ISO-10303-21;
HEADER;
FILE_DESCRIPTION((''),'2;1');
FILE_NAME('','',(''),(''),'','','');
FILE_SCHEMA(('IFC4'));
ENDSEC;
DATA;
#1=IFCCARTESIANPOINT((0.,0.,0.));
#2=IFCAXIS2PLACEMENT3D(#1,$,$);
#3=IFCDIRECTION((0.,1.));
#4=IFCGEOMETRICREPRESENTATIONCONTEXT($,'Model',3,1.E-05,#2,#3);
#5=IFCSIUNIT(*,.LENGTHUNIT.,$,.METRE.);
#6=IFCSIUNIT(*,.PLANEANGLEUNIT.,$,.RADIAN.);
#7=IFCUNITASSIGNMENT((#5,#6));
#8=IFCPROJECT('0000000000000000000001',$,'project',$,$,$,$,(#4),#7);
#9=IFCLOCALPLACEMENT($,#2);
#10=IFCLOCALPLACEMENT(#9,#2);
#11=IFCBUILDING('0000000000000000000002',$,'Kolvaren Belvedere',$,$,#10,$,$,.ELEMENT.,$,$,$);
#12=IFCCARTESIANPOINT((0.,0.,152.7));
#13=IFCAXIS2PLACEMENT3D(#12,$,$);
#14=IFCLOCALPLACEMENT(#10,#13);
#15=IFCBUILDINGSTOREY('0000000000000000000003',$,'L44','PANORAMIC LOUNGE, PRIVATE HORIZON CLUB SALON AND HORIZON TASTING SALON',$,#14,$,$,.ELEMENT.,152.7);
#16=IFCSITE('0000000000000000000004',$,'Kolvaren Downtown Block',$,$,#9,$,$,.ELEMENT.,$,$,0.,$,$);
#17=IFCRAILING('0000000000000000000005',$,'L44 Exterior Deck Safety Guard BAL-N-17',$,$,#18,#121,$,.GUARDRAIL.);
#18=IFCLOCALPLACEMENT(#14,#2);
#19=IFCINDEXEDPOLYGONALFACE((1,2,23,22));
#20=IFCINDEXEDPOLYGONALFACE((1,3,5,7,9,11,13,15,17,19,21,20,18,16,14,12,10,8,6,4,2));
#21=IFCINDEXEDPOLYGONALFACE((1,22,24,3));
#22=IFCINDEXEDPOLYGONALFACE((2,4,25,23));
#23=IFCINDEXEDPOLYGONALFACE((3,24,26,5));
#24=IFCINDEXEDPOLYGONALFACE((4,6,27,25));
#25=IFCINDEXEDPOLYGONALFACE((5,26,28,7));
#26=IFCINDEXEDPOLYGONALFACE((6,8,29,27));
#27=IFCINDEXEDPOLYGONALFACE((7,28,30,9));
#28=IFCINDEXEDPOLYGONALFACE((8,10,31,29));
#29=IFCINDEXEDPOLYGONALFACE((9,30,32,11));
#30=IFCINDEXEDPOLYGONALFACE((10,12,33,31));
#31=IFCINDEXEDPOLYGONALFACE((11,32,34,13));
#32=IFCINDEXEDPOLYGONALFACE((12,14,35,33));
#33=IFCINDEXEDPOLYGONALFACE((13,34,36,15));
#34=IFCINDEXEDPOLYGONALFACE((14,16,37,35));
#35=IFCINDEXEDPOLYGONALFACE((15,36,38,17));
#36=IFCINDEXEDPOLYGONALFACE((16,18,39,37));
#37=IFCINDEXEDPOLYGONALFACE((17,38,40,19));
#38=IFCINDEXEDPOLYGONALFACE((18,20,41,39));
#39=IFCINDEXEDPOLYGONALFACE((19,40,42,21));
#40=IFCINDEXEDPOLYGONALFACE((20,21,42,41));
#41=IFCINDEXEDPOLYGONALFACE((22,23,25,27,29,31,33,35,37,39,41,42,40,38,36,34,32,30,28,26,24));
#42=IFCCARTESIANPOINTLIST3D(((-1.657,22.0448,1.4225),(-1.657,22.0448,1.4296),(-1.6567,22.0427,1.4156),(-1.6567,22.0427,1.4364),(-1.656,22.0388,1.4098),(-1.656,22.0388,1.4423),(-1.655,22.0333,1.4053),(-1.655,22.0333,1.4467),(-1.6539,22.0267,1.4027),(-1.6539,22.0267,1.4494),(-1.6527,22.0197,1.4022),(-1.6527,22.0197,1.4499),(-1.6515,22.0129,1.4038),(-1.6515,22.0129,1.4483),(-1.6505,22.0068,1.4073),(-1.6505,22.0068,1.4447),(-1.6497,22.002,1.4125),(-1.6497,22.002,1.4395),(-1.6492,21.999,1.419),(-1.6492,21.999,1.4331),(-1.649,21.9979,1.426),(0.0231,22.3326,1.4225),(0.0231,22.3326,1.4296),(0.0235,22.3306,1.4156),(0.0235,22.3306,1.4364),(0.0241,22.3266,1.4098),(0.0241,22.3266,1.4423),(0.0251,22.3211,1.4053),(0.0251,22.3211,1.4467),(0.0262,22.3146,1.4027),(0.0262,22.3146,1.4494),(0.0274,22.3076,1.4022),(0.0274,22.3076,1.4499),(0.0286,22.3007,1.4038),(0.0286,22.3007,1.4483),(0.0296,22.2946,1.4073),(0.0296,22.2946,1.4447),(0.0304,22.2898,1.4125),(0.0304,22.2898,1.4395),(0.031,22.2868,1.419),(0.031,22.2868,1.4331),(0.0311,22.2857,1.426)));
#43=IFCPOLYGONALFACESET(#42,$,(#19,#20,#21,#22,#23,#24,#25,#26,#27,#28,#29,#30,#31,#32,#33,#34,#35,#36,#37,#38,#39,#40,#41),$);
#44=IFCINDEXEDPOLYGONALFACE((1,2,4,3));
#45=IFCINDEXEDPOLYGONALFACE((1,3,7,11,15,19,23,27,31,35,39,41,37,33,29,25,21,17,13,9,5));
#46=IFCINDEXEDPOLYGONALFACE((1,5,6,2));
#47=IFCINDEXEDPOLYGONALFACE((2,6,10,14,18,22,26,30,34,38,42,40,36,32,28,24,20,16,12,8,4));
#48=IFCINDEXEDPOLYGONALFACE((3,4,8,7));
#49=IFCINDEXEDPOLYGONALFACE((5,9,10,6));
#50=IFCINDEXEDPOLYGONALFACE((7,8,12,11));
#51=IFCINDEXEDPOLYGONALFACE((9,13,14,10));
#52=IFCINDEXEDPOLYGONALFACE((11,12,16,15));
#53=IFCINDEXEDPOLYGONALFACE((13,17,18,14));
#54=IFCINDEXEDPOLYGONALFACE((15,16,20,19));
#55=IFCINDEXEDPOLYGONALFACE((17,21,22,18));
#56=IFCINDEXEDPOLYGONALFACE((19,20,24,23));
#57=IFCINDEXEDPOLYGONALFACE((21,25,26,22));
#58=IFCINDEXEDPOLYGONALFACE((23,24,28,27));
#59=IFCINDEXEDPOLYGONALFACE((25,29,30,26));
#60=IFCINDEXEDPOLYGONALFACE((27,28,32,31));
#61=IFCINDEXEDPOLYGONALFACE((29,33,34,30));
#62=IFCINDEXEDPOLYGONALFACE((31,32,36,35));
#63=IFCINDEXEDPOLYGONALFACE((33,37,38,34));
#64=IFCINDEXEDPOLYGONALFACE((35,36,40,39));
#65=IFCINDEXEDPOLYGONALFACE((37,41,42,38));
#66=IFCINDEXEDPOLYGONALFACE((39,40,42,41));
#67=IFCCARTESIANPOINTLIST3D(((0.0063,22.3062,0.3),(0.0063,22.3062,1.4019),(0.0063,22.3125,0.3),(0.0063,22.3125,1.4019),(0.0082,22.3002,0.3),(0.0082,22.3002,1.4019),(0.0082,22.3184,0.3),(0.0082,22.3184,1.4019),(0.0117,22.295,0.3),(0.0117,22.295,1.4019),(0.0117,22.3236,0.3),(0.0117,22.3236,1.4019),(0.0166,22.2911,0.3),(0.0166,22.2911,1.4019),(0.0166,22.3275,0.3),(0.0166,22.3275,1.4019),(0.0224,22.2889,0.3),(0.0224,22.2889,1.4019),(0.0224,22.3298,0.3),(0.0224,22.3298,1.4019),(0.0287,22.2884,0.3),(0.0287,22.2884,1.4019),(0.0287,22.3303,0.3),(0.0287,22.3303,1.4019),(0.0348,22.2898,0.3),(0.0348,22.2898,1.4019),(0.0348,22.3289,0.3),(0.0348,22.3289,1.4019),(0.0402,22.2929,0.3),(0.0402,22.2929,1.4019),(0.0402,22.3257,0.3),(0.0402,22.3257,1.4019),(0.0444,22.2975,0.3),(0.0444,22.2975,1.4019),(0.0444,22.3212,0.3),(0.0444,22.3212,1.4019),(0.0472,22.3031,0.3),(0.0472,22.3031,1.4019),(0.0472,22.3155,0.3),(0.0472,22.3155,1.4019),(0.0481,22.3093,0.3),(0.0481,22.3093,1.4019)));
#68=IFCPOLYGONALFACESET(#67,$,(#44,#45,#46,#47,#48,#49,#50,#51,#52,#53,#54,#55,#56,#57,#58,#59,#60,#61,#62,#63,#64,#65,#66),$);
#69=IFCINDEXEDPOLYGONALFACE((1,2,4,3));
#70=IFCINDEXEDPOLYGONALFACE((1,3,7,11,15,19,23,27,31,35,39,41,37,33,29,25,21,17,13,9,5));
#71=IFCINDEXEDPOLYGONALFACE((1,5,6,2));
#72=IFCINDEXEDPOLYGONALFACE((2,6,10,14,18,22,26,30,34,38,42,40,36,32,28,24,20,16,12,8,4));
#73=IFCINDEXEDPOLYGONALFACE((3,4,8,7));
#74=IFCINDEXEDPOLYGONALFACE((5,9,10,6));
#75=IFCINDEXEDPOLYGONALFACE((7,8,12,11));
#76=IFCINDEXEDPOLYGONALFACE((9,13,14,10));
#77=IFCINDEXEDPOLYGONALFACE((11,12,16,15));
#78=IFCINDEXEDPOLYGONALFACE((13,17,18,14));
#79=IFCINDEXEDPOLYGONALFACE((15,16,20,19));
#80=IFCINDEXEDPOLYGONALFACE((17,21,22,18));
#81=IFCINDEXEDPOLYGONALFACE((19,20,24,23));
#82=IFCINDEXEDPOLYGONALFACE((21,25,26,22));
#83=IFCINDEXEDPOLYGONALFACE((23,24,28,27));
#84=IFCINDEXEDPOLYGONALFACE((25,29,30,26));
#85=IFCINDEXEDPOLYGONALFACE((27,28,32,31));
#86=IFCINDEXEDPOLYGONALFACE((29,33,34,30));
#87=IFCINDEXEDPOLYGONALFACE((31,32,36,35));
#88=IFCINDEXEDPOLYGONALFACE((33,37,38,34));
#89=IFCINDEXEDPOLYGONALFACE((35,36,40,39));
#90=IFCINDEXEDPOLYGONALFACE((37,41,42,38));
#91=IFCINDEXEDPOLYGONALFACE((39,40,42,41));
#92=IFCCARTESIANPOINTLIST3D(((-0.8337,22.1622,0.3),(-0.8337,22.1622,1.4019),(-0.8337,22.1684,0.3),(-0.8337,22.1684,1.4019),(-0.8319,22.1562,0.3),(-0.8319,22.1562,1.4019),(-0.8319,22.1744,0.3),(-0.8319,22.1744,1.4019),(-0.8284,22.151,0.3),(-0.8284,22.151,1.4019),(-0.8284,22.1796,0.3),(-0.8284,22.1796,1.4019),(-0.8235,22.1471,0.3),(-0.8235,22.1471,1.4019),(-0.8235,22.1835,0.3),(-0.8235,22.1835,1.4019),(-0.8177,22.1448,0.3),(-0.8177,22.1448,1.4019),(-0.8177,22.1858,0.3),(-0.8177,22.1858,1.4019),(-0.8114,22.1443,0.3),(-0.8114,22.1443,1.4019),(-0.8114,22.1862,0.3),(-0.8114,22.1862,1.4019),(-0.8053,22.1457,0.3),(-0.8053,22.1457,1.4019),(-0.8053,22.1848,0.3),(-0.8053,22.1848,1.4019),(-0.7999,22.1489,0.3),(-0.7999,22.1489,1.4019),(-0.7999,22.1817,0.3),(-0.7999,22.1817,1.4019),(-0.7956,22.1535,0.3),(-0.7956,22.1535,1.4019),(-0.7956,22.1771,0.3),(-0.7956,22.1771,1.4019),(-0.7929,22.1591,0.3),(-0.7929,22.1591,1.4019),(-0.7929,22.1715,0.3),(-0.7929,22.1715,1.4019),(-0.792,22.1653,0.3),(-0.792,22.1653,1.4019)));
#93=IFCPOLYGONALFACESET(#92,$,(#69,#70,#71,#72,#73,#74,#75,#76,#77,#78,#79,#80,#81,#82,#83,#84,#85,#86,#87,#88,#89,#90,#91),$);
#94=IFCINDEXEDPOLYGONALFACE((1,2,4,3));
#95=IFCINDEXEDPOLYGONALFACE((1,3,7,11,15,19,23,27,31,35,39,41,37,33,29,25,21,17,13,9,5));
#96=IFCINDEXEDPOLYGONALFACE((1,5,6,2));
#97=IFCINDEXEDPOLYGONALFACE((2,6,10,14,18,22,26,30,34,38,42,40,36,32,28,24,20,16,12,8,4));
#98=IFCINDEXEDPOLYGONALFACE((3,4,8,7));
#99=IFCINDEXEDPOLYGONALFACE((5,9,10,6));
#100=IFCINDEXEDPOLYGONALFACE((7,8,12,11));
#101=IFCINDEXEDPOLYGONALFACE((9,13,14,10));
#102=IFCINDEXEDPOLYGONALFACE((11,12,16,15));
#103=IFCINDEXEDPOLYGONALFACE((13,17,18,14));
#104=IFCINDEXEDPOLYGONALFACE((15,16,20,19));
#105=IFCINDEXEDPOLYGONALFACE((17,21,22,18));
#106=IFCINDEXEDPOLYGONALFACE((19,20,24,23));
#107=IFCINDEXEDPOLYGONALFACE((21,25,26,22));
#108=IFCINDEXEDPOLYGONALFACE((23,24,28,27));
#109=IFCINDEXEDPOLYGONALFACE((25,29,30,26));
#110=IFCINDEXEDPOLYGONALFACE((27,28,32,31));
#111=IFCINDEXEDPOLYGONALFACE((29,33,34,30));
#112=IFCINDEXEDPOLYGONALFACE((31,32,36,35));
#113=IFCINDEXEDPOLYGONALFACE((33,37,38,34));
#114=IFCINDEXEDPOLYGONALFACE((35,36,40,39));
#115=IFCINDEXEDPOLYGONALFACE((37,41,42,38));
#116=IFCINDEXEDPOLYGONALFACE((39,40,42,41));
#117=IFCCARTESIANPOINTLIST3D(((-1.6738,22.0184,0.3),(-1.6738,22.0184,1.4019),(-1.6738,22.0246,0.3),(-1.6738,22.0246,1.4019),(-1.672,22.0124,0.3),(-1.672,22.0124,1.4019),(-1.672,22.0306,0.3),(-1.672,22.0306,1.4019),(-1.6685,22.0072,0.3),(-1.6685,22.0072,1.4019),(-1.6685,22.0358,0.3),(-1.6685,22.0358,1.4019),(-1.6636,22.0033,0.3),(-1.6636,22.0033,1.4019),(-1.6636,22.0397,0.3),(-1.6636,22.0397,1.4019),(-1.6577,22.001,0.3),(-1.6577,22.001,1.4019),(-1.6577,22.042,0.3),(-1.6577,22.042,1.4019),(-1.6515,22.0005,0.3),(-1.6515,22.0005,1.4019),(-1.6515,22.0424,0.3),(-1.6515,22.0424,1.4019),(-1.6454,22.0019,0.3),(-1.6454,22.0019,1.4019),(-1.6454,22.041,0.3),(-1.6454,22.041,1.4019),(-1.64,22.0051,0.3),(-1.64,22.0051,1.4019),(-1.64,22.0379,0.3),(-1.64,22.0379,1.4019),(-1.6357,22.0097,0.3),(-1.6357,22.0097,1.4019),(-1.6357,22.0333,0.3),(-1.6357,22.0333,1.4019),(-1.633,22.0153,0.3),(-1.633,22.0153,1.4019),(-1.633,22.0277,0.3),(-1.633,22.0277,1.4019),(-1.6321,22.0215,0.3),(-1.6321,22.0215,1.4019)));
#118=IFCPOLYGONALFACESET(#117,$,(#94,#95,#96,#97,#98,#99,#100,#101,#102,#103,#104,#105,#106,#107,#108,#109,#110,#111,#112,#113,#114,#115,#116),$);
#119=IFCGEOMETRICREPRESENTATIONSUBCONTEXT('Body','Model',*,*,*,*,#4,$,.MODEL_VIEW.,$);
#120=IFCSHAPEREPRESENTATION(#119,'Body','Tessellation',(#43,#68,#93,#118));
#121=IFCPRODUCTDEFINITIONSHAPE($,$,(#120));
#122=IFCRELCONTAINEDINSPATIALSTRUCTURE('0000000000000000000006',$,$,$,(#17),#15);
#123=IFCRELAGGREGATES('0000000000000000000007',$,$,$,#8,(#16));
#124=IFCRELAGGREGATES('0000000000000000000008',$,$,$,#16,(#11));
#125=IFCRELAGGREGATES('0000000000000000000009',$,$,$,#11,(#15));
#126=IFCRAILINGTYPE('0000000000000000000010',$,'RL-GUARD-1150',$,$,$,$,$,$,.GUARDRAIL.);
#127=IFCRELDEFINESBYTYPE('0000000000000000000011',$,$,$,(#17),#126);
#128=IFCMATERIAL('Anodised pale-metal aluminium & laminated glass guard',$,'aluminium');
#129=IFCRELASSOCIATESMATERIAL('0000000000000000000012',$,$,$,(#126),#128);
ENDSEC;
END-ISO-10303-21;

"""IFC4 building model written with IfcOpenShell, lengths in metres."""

from ifc_helpers import new_model, si_unit, direction, frame, origin, origin_2d, place, context, subcontext, project, spatial, circle, extrude, material, type_object, element, save


model = new_model("IFC4")

# Units and contexts
model_context = context("Model", 3, precision=1e-05, world=origin(), true_north=direction((0.0, 1.0)))
body_context = subcontext(model_context, "Body", "Model", "MODEL_VIEW")
ifc_project = project(units=[si_unit("LENGTHUNIT", "METRE"), si_unit("PLANEANGLEUNIT", "RADIAN")], contexts=[model_context])

# Site, building, storey
site_placement = place(None, origin())
site = spatial("IfcSite", under=ifc_project, at=site_placement, Name="Kolvaren Downtown Block", CompositionType="ELEMENT", RefElevation=0.0)
building_placement = place(site_placement, origin())
building = spatial("IfcBuilding", under=site, at=building_placement, Name="Kolvaren Belvedere", CompositionType="ELEMENT")
storey_placement = place(building_placement, frame((0.0, 0.0, 152.7)))
storey = spatial("IfcBuildingStorey", under=building, at=storey_placement, Name="L44", Description="PANORAMIC LOUNGE, PRIVATE HORIZON CLUB SALON AND HORIZON TASTING SALON", CompositionType="ELEMENT", Elevation=152.7)

# Railing
ifc_material_1 = material(Name="Anodised pale-metal aluminium & laminated glass guard", Category="aluminium")
railing_type = type_object("IfcRailingType", Name="RL-GUARD-1150", PredefinedType="GUARDRAIL", material=ifc_material_1)
railing_1_placement = place(storey_placement, frame((0.0271, 22.3093, 0.3)))
element("IfcRailing", 1, at=railing_1_placement, inside=storey, type_object=railing_type, Name="L44 Exterior Deck Safety Guard BAL-N-17", PredefinedType="GUARDRAIL", context=body_context, shape_type="SweptSolid", body=[
    extrude(circle(Radius=0.0239, at=origin_2d()), frame((0.0, 0.0, 1.126), z_axis=(-0.985641, -0.168856, 0.0), x_axis=(0.168856, -0.985641, 0.0)), (0.0, 0.0, 1.0), 1.7046),
    extrude(circle(Radius=0.021, at=origin_2d()), origin(), (0.0, 0.0, 1.0), 1.1018),
    extrude(circle(Radius=0.021, at=origin_2d()), frame((-0.8401, -0.144, 0.0)), (0.0, 0.0, 1.0), 1.1018),
    extrude(circle(Radius=0.021, at=origin_2d()), frame((-1.6802, -0.2878, 0.0)), (0.0, 0.0, 1.0), 1.1018),
])

save(model, "model.ifc")
